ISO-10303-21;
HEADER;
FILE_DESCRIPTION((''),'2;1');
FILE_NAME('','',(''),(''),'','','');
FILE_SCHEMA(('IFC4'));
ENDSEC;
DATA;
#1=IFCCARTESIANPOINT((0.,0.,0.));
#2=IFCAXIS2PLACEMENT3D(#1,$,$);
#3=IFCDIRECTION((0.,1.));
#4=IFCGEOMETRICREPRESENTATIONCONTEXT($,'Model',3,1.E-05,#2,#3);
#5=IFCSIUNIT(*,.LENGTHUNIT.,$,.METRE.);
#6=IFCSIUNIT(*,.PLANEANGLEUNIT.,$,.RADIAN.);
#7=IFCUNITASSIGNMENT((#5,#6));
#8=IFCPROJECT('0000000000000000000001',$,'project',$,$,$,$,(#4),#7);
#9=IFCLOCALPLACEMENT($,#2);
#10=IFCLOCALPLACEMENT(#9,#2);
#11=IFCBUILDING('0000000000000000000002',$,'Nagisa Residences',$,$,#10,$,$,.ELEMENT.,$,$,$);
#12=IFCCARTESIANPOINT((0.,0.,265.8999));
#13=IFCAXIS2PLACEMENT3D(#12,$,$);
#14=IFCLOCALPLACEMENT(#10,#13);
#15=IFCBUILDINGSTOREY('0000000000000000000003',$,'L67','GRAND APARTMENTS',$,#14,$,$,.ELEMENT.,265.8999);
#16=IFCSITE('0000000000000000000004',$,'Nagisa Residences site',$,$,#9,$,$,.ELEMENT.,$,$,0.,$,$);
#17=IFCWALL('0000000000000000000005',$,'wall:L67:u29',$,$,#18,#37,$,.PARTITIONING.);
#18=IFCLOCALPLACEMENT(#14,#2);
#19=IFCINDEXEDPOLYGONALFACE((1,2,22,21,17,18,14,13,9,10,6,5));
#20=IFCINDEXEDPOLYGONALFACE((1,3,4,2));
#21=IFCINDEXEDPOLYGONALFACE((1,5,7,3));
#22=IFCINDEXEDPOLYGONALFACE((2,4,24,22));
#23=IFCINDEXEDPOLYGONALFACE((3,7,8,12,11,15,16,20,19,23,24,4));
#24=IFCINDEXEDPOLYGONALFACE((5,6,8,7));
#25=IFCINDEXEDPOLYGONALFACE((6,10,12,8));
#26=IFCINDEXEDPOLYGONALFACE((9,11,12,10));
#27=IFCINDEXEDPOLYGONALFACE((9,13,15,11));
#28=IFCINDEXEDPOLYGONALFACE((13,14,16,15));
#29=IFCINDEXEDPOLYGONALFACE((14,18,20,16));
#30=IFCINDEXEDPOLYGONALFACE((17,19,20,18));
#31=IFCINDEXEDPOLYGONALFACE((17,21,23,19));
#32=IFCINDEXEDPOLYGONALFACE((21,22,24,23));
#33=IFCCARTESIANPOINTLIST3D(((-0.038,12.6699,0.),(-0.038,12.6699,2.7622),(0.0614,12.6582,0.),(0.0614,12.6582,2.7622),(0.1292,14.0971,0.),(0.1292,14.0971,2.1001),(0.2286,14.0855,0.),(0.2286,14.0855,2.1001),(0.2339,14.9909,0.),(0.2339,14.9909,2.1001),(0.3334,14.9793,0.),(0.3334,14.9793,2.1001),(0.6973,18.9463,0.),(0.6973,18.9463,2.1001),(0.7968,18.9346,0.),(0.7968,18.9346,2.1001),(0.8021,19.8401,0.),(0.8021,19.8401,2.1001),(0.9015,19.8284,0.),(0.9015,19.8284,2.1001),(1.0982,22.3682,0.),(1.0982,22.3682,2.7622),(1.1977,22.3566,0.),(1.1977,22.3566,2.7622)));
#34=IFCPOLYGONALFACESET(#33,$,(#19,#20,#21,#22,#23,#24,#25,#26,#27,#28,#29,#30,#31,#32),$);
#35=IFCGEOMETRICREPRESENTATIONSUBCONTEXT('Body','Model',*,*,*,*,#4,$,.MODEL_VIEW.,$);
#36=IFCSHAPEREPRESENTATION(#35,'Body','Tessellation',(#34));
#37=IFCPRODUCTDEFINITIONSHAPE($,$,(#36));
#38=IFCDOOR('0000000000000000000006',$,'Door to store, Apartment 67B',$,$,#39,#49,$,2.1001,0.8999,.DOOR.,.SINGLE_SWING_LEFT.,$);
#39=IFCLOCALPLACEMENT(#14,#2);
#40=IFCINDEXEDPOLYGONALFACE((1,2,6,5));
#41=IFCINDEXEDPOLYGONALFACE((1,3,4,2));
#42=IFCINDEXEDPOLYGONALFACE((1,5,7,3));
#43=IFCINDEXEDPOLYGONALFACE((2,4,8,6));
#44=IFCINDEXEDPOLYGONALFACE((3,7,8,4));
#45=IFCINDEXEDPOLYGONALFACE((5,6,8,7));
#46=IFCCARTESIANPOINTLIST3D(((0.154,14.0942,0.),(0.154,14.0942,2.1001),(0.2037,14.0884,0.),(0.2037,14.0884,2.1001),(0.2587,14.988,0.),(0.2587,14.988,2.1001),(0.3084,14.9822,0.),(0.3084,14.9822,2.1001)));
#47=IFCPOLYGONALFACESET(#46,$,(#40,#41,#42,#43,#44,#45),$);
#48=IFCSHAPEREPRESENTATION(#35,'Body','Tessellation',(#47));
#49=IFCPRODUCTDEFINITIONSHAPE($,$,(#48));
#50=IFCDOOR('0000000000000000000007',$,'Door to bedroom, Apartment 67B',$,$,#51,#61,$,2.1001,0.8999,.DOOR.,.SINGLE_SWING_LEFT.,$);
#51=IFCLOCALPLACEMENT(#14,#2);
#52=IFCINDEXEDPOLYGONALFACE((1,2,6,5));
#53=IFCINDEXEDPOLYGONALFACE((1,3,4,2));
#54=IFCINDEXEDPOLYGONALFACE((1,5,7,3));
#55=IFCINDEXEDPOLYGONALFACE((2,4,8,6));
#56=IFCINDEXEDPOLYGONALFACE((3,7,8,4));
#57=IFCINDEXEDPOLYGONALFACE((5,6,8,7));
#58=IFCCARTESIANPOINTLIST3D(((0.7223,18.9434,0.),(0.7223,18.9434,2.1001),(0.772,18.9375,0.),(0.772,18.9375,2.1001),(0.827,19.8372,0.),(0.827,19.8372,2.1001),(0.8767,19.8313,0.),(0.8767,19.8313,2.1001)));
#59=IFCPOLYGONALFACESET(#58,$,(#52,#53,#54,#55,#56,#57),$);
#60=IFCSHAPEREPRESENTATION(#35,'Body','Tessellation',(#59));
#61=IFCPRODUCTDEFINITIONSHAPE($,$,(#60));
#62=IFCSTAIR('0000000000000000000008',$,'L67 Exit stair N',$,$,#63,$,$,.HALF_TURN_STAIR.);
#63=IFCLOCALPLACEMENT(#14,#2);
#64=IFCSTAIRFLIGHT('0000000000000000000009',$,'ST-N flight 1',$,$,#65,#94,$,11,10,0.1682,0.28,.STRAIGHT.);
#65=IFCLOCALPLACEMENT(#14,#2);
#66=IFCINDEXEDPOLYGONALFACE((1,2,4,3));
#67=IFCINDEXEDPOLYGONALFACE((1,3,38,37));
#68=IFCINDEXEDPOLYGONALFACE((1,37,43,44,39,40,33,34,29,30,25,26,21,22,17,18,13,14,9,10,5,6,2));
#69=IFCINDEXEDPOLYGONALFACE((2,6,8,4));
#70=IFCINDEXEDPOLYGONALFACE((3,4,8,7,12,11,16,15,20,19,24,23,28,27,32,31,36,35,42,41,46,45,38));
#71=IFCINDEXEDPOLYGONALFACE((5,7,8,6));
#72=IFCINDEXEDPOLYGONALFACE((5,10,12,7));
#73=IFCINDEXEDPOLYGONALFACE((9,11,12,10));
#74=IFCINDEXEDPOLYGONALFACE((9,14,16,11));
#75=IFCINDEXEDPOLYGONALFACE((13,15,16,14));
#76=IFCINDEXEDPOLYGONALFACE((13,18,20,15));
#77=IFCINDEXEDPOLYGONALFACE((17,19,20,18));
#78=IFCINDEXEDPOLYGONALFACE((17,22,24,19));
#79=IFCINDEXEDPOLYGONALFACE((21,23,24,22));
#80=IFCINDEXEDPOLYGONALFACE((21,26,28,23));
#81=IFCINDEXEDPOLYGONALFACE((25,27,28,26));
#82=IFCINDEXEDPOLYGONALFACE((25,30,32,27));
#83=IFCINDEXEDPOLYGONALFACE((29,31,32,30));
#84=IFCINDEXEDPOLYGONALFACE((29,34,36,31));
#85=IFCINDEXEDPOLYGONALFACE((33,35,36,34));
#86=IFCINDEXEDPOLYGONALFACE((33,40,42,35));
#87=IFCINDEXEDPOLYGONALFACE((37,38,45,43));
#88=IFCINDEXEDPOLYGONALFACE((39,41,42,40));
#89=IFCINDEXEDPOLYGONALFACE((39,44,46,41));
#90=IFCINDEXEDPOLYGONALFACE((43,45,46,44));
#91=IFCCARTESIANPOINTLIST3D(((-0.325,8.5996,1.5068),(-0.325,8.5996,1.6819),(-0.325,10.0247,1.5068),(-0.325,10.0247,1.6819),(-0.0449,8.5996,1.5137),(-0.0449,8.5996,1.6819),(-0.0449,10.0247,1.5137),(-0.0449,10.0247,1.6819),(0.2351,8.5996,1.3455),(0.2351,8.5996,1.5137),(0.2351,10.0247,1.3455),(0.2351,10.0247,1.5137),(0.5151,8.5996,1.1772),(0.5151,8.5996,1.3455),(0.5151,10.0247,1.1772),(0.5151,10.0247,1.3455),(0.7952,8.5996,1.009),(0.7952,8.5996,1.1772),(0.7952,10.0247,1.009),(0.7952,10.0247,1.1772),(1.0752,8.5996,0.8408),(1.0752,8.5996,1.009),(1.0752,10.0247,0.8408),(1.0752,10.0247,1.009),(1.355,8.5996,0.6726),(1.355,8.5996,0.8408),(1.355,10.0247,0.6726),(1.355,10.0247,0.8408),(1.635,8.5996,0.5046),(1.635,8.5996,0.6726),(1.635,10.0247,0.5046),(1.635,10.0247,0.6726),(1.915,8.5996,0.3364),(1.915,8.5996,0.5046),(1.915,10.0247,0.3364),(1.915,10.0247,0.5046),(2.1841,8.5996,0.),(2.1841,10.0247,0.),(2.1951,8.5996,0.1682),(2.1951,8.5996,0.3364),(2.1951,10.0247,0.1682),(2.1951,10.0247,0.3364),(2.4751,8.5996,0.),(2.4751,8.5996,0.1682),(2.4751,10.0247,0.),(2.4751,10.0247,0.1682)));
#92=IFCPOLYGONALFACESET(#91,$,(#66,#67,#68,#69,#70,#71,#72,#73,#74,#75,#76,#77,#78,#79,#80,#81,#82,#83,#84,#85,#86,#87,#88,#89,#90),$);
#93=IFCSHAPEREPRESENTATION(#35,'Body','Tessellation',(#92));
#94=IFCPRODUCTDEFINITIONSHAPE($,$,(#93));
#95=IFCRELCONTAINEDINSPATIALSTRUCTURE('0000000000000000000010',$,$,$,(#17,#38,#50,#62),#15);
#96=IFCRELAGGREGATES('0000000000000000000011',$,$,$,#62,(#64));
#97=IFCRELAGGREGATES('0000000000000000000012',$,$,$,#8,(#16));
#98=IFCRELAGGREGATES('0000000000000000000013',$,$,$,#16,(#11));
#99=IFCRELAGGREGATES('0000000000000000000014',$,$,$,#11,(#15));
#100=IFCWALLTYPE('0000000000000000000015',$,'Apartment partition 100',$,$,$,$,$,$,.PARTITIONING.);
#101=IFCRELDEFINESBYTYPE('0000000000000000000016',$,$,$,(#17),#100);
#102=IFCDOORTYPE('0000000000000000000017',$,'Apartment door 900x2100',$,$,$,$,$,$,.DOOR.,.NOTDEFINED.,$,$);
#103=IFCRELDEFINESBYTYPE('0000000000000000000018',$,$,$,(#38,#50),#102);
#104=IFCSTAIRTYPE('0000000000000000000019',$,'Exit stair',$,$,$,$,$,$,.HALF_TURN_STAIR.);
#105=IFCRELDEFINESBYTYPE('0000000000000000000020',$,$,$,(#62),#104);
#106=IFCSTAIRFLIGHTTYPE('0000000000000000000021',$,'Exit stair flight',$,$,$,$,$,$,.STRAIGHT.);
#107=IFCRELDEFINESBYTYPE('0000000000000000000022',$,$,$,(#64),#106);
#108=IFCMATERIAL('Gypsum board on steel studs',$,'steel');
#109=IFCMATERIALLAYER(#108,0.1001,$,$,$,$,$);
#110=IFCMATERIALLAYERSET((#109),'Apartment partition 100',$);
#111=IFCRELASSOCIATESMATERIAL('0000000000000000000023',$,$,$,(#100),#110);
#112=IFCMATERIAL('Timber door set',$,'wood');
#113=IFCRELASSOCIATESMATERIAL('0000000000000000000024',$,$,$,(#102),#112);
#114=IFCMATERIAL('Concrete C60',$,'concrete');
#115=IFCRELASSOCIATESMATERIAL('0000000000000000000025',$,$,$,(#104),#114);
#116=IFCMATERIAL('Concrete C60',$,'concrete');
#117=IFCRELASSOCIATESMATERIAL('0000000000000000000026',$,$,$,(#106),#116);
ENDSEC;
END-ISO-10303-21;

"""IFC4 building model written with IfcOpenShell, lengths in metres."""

from ifc_helpers import new_model, si_unit, direction, frame, frame_2d, origin, place, context, subcontext, project, spatial, polyline, rectangle, outline, extrude, material, layer, layer_set, type_object, element, fill, aggregate, save


model = new_model("IFC4")

# Units and contexts
model_context = context("Model", 3, precision=1e-05, world=origin(), true_north=direction((0.0, 1.0)))
body_context = subcontext(model_context, "Body", "Model", "MODEL_VIEW")
ifc_project = project(units=[si_unit("LENGTHUNIT", "METRE"), si_unit("PLANEANGLEUNIT", "RADIAN")], contexts=[model_context])

# Site, building, storey
site_placement = place(None, origin())
site = spatial("IfcSite", under=ifc_project, at=site_placement, Name="Nagisa Residences site", CompositionType="ELEMENT", RefElevation=0.0)
building_placement = place(site_placement, origin())
building = spatial("IfcBuilding", under=site, at=building_placement, Name="Nagisa Residences", CompositionType="ELEMENT")
storey_placement = place(building_placement, frame((0.0, 0.0, 265.8999)))
storey = spatial("IfcBuildingStorey", under=building, at=storey_placement, Name="L67", Description="GRAND APARTMENTS", CompositionType="ELEMENT", Elevation=265.8999)

# Shared definitions
ifc_material_1 = material(Name="Gypsum board on steel studs", Category="steel")
ifc_layer_1 = layer(ifc_material_1, 0.1001)
ifc_layer_set_1 = layer_set([ifc_layer_1], Name="Apartment partition 100")
wall_type_1 = type_object("IfcWallType", Name="Apartment partition 100", PredefinedType="PARTITIONING", material=ifc_layer_set_1)
ifc_material_2 = material(Name="Timber door set", Category="wood")
door_type_1 = type_object("IfcDoorType", Name="Apartment door 900x2100", OperationType="NOTDEFINED", PredefinedType="DOOR", material=ifc_material_2)

# Wall, openings, doors
wall_1_placement = place(storey_placement, frame((0.0117, 12.6641, 0.0), z_axis=(0.0, 0.0, 1.0), x_axis=(0.116363, 0.993207, 0.0)))
wall_1 = element("IfcWall", 1, at=wall_1_placement, inside=storey, type_object=wall_type_1, Name="wall:L67:u29", PredefinedType="PARTITIONING", context=body_context, shape_type="SweptSolid", body=[
    extrude(rectangle(XDim=9.7646, YDim=0.1001, at=frame_2d((4.8823, 0.0))), origin(), (0.0, 0.0, 1.0), 2.7622),
])
opening_1_placement = place(wall_1_placement, frame((1.437, 0.0, 0.0)))
opening_1 = element("IfcOpeningElement", 2, at=opening_1_placement, cuts=wall_1, PredefinedType="OPENING", context=body_context, shape_type="SweptSolid", body=[
    extrude(rectangle(XDim=0.8999, YDim=2.1001, at=frame_2d((0.45, 1.05))), frame((0.0, 0.0601, 0.0), z_axis=(0.0, -1.0, 0.0), x_axis=(1.0, 0.0, 0.0)), (0.0, 0.0, 1.0), 0.1201),
])
opening_2_placement = place(wall_1_placement, frame((6.3193, 0.0, 0.0)))
opening_2 = element("IfcOpeningElement", 3, at=opening_2_placement, cuts=wall_1, PredefinedType="OPENING", context=body_context, shape_type="SweptSolid", body=[
    extrude(rectangle(XDim=0.8999, YDim=2.1001, at=frame_2d((0.45, 1.05))), frame((0.0, 0.0601, 0.0), z_axis=(0.0, -1.0, 0.0), x_axis=(1.0, 0.0, 0.0)), (0.0, 0.0, 1.0), 0.1201),
])
door_1_placement = place(opening_1_placement, frame((0.8999, 0.0, 0.0), x_axis=(-1.0, 0.0, 0.0)))
door_1 = element("IfcDoor", 4, at=door_1_placement, inside=storey, type_object=door_type_1, Name="Door to store, Apartment 67B", OperationType="SINGLE_SWING_LEFT", OverallHeight=2.1001, OverallWidth=0.8999, PredefinedType="DOOR", context=body_context, shape_type="SweptSolid", body=[
    extrude(rectangle(XDim=0.8999, YDim=2.1001, at=frame_2d((0.45, 1.05))), frame((0.0, 0.0249, 0.0), z_axis=(0.0, -1.0, 0.0), x_axis=(1.0, 0.0, 0.0)), (0.0, 0.0, 1.0), 0.05),
])
fill(opening_1, door_1)
door_2_placement = place(opening_2_placement, origin())
door_2 = element("IfcDoor", 5, at=door_2_placement, inside=storey, type_object=door_type_1, Name="Door to bedroom, Apartment 67B", OperationType="SINGLE_SWING_LEFT", OverallHeight=2.1001, OverallWidth=0.8999, PredefinedType="DOOR", context=body_context, shape_type="SweptSolid", body=[
    extrude(rectangle(XDim=0.8999, YDim=2.1001, at=frame_2d((0.45, 1.05))), frame((0.0, 0.0249, 0.0), z_axis=(0.0, -1.0, 0.0), x_axis=(1.0, 0.0, 0.0)), (0.0, 0.0, 1.0), 0.05),
])
fill(opening_2, door_2)

# Stair, stair flight
ifc_material_3 = material(Name="Concrete C60", Category="concrete")
stair_type = type_object("IfcStairType", Name="Exit stair", PredefinedType="HALF_TURN_STAIR", material=ifc_material_3)
stair_placement = place(storey_placement, origin())
stair = element("IfcStair", 6, at=stair_placement, inside=storey, type_object=stair_type, Name="L67 Exit stair N", PredefinedType="HALF_TURN_STAIR")
ifc_material_4 = material(Name="Concrete C60", Category="concrete")
stair_flight_type = type_object("IfcStairFlightType", Name="Exit stair flight", PredefinedType="STRAIGHT", material=ifc_material_4)
stair_flight_placement = place(storey_placement, frame((2.4751, 9.312, 0.0), z_axis=(0.0, 0.0, 1.0), x_axis=(-1.0, 0.0, 0.0)))
stair_flight = element("IfcStairFlight", 7, at=stair_flight_placement, type_object=stair_flight_type, Name="ST-N flight 1", NumberOfRisers=11, NumberOfTreads=10, PredefinedType="STRAIGHT", RiserHeight=0.1682, TreadLength=0.28, context=body_context, shape_type="SweptSolid", body=[
    extrude(outline(polyline([(0.0, 0.0), (0.0, 0.1682), (0.28, 0.1682), (0.28, 0.3364), (0.5601, 0.3364), (0.5601, 0.5046), (0.8401, 0.5046), (0.8401, 0.6726), (1.1201, 0.6726), (1.1201, 0.8408), (1.3999, 0.8408), (1.3999, 1.009), (1.6799, 1.009), (1.6799, 1.1772), (1.96, 1.1772), (1.96, 1.3455), (2.24, 1.3455), (2.24, 1.5137), (2.52, 1.5137), (2.52, 1.6819), (2.8, 1.6819), (2.8, 1.8501), (2.8, 1.5068), (0.291, 0.0), (0.0, 0.0)])), frame((0.0, 0.7124, 0.0), z_axis=(0.0, -1.0, 0.0), x_axis=(1.0, 0.0, 0.0)), (0.0, 0.0, 1.0), 1.425),
])
aggregate(stair, [stair_flight])

save(model, "model.ifc")
